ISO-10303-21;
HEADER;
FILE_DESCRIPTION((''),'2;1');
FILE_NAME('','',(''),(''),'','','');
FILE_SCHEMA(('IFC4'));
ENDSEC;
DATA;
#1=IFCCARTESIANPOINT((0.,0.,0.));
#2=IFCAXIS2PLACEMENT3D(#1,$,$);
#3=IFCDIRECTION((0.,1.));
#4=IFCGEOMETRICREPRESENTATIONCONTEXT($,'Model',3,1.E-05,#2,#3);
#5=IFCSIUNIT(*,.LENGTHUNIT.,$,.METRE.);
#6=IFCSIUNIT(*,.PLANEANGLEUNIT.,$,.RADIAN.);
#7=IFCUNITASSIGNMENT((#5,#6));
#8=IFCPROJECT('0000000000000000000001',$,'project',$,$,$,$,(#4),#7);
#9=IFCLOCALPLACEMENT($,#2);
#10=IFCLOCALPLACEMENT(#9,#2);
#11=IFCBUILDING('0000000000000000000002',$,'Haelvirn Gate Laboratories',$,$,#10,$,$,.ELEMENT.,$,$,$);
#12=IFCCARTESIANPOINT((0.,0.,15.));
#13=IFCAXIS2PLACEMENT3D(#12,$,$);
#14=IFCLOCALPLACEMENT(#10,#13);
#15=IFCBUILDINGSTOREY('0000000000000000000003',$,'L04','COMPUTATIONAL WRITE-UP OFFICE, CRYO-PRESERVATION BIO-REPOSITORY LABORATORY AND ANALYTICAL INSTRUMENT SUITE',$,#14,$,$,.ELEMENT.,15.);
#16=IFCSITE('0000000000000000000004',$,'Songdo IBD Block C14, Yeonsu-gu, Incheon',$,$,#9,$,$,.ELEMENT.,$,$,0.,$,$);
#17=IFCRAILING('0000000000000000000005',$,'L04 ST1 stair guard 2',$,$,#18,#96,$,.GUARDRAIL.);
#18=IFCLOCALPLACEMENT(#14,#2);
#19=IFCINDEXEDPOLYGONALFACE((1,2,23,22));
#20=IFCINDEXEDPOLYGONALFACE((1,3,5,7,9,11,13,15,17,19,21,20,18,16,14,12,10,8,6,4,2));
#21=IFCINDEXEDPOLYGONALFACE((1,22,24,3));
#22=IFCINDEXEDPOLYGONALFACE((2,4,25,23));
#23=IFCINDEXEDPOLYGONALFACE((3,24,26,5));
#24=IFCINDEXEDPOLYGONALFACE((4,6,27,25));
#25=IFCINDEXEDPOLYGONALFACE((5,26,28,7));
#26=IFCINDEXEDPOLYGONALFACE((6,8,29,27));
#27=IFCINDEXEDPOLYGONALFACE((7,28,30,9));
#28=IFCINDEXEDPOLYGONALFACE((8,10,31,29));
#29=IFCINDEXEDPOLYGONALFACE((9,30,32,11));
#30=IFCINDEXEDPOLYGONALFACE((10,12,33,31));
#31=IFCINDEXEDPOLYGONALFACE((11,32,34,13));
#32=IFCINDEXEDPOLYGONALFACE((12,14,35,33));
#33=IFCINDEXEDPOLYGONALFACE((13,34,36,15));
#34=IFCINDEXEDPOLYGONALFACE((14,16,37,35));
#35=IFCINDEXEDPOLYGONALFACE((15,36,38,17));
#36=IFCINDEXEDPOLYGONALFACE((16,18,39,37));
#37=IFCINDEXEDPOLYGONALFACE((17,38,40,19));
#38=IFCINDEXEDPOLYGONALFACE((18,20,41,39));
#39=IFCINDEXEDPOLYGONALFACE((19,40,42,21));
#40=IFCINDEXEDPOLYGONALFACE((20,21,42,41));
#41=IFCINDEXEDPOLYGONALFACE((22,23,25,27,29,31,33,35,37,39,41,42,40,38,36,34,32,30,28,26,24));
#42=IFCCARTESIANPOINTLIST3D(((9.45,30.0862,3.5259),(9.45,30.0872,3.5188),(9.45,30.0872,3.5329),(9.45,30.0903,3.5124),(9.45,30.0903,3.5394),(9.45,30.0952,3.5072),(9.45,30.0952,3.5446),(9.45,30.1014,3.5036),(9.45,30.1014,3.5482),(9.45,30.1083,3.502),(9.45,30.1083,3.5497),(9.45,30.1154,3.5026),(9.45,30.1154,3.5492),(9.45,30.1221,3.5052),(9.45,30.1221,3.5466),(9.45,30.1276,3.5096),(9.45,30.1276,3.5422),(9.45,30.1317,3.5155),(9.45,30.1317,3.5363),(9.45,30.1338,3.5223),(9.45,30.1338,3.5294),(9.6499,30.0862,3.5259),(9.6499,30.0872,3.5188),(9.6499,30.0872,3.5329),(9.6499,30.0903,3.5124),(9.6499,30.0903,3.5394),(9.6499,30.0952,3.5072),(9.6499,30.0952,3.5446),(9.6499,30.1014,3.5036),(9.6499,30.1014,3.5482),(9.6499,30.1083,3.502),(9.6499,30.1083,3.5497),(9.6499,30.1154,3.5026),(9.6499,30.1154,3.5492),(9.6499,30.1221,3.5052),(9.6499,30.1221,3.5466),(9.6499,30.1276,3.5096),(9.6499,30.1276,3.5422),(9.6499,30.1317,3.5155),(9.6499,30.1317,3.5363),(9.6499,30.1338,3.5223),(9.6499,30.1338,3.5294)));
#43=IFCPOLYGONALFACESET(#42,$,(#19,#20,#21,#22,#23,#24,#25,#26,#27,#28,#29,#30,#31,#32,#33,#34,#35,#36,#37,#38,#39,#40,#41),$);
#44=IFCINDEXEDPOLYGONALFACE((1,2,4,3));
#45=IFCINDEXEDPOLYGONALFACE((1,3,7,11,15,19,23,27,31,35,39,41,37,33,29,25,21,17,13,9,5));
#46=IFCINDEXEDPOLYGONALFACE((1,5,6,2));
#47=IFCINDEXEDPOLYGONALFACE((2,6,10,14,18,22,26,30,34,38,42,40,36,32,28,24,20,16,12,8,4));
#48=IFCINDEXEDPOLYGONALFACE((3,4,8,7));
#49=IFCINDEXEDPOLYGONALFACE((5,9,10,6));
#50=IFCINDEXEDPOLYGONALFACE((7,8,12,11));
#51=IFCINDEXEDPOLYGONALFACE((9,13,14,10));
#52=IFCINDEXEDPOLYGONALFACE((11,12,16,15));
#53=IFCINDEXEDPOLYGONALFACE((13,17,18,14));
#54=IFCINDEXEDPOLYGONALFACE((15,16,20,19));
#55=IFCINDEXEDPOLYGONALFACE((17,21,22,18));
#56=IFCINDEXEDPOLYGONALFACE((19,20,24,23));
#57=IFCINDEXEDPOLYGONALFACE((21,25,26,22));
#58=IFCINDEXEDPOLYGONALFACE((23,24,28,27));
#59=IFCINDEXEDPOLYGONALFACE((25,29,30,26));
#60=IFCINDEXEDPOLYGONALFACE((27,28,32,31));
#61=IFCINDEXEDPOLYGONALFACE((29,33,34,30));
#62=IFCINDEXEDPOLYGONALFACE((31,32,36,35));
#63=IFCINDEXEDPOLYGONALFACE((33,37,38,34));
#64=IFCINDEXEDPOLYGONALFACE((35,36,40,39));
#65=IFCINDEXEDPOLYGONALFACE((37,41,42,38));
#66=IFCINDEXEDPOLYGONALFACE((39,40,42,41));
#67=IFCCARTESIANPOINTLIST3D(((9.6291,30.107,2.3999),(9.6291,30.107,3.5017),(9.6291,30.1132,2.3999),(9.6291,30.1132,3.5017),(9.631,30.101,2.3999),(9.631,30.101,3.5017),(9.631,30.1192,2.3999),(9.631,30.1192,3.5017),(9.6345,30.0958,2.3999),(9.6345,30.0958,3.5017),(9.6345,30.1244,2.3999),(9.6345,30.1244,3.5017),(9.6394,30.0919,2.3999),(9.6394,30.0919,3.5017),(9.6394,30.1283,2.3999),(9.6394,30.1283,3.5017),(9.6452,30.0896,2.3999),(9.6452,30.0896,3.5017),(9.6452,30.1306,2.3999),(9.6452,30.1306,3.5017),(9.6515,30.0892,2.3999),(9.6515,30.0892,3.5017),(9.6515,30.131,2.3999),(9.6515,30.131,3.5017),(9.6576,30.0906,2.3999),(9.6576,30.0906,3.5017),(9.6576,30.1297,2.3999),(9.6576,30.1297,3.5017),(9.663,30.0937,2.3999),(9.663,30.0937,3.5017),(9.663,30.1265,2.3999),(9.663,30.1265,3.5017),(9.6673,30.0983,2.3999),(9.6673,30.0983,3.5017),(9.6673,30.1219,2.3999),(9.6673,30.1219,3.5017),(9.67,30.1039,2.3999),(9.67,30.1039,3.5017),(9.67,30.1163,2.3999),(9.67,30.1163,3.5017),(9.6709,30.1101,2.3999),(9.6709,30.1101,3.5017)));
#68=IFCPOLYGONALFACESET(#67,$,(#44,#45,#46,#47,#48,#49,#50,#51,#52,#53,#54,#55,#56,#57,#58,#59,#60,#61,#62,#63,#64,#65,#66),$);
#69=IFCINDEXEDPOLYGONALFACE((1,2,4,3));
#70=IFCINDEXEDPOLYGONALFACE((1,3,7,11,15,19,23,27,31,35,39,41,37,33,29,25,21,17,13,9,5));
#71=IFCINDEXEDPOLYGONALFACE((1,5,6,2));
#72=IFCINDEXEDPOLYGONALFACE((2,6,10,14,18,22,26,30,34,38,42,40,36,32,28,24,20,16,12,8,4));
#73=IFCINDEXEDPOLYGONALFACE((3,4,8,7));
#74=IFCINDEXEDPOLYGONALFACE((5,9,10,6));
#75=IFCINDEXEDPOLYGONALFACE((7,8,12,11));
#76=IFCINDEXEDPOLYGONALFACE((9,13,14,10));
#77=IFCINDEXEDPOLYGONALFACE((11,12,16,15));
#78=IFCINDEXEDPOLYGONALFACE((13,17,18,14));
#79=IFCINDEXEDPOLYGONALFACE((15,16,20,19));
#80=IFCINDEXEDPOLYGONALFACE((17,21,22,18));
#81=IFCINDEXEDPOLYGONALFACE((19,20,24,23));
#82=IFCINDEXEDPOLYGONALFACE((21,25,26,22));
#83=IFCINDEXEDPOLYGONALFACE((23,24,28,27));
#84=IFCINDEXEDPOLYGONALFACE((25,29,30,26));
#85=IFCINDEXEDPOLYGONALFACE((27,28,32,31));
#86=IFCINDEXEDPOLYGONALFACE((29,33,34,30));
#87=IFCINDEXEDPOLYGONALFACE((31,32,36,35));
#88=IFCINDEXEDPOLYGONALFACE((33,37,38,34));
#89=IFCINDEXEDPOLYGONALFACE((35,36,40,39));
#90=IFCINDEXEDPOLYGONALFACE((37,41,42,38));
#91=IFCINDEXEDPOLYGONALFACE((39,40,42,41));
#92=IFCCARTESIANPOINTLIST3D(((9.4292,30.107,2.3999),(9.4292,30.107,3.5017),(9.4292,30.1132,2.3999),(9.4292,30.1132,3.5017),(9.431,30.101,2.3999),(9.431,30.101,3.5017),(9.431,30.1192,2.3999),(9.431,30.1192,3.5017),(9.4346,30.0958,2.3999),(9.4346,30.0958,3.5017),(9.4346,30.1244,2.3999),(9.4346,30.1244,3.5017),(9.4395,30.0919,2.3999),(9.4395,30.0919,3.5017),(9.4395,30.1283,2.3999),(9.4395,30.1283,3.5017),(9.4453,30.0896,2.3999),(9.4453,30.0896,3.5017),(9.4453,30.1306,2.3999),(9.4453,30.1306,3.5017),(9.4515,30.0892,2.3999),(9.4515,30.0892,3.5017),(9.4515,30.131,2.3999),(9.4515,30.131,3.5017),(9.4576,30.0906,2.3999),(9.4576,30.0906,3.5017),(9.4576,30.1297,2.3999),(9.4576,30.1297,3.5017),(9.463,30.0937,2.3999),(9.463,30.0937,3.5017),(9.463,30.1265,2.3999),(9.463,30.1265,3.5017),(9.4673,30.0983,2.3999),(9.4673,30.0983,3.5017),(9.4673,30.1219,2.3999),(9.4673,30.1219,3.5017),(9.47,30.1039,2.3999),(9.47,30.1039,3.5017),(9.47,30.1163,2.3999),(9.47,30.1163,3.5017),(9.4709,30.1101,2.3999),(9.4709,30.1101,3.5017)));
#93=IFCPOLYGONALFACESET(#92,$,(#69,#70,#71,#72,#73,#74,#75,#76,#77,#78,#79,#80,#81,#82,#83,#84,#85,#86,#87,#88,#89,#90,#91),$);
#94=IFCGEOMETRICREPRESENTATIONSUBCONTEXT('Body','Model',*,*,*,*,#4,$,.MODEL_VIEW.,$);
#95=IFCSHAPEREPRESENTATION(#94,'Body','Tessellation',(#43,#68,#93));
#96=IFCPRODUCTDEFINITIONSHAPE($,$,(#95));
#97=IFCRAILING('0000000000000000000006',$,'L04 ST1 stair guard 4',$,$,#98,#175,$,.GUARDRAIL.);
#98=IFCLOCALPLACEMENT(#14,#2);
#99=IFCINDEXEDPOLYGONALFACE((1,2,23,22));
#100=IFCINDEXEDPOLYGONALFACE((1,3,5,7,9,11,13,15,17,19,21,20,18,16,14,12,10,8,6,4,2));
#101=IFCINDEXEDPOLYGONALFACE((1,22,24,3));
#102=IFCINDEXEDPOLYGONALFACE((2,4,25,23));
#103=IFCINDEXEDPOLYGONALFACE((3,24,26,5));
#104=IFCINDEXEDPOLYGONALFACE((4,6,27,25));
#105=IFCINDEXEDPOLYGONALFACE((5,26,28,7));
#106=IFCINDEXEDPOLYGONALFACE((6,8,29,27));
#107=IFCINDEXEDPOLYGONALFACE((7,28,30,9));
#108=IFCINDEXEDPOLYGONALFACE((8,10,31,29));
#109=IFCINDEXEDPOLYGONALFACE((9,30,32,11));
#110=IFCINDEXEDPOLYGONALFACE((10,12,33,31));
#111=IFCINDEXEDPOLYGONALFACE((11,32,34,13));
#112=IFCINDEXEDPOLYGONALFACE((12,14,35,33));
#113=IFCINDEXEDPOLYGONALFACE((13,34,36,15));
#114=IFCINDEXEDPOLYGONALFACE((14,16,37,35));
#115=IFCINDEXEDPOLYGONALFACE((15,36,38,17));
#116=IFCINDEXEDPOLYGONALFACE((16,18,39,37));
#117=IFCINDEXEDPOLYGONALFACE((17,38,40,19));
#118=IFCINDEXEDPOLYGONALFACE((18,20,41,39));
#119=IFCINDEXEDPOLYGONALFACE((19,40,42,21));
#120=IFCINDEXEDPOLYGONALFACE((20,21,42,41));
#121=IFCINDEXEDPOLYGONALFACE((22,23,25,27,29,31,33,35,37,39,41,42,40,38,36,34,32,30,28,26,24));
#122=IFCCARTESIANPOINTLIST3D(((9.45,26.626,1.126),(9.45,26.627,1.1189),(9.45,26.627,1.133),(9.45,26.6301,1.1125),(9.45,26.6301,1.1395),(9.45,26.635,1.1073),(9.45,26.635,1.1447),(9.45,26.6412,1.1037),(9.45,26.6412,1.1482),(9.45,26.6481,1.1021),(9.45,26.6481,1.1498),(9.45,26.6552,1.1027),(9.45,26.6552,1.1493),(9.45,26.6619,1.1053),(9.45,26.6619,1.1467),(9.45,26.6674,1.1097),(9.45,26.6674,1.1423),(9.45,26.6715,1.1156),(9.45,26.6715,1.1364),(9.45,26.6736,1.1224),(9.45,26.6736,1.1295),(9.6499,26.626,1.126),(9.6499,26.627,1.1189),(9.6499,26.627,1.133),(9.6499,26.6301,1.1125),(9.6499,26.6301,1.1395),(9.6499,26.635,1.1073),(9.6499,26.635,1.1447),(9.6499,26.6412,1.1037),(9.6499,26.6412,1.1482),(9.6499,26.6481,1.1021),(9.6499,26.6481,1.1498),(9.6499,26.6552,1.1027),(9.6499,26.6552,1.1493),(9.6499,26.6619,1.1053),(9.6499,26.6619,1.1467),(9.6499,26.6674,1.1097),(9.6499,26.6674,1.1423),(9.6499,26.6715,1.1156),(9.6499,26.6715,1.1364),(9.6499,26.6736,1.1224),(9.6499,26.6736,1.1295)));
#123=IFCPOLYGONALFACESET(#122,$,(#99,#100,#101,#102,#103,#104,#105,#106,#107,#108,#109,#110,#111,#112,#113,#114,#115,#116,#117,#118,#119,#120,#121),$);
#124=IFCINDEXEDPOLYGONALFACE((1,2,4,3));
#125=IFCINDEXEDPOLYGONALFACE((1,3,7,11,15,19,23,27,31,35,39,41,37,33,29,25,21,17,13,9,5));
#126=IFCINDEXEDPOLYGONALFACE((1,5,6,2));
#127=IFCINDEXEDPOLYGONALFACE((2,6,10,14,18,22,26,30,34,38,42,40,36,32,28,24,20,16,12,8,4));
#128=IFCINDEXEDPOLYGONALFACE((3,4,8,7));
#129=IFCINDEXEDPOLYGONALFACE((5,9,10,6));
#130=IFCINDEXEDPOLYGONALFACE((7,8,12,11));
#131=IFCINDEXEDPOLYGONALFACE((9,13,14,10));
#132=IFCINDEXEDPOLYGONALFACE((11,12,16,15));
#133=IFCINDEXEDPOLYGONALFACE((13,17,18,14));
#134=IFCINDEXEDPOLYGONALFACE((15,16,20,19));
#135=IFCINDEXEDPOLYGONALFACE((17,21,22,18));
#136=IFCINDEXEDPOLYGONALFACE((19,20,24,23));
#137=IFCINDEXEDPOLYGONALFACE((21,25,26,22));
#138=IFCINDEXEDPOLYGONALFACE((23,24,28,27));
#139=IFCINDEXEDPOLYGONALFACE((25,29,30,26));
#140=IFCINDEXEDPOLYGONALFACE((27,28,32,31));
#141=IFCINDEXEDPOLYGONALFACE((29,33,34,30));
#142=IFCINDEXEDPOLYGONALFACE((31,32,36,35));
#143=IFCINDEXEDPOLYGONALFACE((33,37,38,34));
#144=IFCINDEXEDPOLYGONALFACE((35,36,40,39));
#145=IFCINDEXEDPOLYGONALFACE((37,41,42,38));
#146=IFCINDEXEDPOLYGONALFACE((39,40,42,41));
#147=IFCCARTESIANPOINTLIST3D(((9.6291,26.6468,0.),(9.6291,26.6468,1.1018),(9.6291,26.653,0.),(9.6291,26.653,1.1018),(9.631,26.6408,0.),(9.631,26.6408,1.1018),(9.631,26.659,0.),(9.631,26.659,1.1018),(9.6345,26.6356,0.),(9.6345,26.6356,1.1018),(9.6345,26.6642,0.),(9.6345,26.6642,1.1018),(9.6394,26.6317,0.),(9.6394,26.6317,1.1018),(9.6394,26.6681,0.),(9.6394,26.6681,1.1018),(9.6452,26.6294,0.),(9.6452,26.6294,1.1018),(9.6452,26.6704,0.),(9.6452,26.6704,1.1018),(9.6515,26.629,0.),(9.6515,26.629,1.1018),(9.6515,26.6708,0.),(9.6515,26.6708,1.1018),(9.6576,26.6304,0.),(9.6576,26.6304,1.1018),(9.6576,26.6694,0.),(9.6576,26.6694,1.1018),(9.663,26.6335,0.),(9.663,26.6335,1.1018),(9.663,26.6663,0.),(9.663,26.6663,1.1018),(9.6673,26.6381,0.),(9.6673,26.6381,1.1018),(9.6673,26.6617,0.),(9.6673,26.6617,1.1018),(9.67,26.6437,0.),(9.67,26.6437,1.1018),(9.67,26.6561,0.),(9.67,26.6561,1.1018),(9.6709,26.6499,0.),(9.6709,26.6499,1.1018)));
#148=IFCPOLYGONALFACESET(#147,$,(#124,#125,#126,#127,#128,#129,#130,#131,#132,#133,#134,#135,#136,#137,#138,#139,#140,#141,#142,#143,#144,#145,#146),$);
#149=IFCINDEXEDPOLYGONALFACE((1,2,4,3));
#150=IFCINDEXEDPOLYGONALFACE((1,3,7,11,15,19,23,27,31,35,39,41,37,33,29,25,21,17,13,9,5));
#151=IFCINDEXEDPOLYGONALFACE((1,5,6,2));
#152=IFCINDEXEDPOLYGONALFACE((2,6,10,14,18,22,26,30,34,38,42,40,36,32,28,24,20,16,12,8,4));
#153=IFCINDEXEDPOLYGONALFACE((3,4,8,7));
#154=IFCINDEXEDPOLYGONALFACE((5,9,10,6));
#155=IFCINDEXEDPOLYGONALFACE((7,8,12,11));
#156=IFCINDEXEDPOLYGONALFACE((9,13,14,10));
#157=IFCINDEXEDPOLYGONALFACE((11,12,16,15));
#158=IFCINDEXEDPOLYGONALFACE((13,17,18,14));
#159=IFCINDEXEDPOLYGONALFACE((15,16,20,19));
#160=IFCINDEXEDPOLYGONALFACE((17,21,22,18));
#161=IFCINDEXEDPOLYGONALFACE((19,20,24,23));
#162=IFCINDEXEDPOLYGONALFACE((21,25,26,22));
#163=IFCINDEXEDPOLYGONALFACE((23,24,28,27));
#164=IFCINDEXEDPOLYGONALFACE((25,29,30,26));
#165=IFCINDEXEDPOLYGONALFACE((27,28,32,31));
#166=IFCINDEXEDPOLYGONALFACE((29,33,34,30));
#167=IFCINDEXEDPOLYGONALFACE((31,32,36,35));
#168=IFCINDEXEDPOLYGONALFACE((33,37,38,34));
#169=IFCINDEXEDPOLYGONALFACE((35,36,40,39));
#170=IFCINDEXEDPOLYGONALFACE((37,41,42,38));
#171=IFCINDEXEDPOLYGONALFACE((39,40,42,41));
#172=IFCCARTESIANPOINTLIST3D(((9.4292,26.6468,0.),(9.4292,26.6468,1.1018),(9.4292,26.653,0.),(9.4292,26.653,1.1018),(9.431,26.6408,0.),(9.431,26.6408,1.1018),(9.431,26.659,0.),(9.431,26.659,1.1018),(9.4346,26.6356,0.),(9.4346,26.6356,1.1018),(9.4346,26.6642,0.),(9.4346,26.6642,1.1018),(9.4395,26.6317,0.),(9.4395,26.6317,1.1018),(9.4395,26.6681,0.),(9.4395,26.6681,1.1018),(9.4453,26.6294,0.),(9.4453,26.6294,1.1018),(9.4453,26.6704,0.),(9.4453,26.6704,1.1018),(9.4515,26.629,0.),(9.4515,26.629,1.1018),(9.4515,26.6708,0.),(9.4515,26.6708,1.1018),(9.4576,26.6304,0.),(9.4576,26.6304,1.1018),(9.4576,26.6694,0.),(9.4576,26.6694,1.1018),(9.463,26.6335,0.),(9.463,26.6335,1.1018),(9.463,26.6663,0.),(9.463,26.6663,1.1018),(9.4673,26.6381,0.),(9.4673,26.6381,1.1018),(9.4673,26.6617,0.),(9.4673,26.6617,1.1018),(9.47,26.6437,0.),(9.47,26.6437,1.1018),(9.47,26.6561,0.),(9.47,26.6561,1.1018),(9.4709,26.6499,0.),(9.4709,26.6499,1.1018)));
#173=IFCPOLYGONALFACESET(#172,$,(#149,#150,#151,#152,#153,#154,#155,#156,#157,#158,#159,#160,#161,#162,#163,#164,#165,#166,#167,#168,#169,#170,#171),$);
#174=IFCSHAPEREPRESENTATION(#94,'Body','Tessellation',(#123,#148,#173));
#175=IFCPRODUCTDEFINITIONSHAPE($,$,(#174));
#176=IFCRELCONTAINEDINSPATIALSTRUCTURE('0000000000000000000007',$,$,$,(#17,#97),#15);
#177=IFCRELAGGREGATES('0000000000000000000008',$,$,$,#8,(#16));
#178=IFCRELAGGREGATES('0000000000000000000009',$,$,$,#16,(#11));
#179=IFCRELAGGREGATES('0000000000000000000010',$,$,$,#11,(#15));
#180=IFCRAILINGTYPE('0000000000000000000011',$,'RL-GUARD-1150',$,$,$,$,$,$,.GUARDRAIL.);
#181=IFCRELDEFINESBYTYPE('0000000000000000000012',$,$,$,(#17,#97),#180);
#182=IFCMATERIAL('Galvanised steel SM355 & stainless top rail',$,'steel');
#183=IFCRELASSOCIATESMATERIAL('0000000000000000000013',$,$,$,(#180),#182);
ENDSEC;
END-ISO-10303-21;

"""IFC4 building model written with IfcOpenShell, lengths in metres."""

from ifc_helpers import new_model, si_unit, direction, frame, origin, origin_2d, place, context, subcontext, project, spatial, circle, extrude, source, transform, mapped, material, type_object, element, save


model = new_model("IFC4")

# Units and contexts
model_context = context("Model", 3, precision=1e-05, world=origin(), true_north=direction((0.0, 1.0)))
body_context = subcontext(model_context, "Body", "Model", "MODEL_VIEW")
ifc_project = project(units=[si_unit("LENGTHUNIT", "METRE"), si_unit("PLANEANGLEUNIT", "RADIAN")], contexts=[model_context])

# Site, building, storey
site_placement = place(None, origin())
site = spatial("IfcSite", under=ifc_project, at=site_placement, Name="Songdo IBD Block C14, Yeonsu-gu, Incheon", CompositionType="ELEMENT", RefElevation=0.0)
building_placement = place(site_placement, origin())
building = spatial("IfcBuilding", under=site, at=building_placement, Name="Haelvirn Gate Laboratories", CompositionType="ELEMENT")
storey_placement = place(building_placement, frame((0.0, 0.0, 15.0)))
storey = spatial("IfcBuildingStorey", under=building, at=storey_placement, Name="L04", Description="COMPUTATIONAL WRITE-UP OFFICE, CRYO-PRESERVATION BIO-REPOSITORY LABORATORY AND ANALYTICAL INSTRUMENT SUITE", CompositionType="ELEMENT", Elevation=15.0)

# Railings
ifc_material_1 = material(Name="Galvanised steel SM355 & stainless top rail", Category="steel")
railing_type_1 = type_object("IfcRailingType", Name="RL-GUARD-1150", PredefinedType="GUARDRAIL", material=ifc_material_1)
shared_shape_1 = source(origin(), body_context, "Body", "SweptSolid", [
    extrude(circle(Radius=0.0239, at=origin_2d()), frame((0.0, 0.0, 1.126), z_axis=(-1.0, 0.0, 0.0), x_axis=(0.0, -1.0, 0.0)), (0.0, 0.0, 1.0), 0.2),
    extrude(circle(Radius=0.021, at=origin_2d()), origin(), (0.0, 0.0, 1.0), 1.1018),
    extrude(circle(Radius=0.021, at=origin_2d()), frame((-0.2, 0.0, 0.0)), (0.0, 0.0, 1.0), 1.1018),
])
for number, where, name in (
    (1, (9.6499, 30.1101, 2.3999), "L04 ST1 stair guard 2"),
    (2, (9.6499, 26.6499, 0.0), "L04 ST1 stair guard 4"),
):
    element("IfcRailing", number, at=place(storey_placement, frame(where)), inside=storey, type_object=railing_type_1, Name=name, PredefinedType="GUARDRAIL", context=body_context, shape_type="MappedRepresentation", body=[
        mapped(shared_shape_1, transform((0.0, 0.0, 0.0), scale=1.0)),
    ])

save(model, "model.ifc")
